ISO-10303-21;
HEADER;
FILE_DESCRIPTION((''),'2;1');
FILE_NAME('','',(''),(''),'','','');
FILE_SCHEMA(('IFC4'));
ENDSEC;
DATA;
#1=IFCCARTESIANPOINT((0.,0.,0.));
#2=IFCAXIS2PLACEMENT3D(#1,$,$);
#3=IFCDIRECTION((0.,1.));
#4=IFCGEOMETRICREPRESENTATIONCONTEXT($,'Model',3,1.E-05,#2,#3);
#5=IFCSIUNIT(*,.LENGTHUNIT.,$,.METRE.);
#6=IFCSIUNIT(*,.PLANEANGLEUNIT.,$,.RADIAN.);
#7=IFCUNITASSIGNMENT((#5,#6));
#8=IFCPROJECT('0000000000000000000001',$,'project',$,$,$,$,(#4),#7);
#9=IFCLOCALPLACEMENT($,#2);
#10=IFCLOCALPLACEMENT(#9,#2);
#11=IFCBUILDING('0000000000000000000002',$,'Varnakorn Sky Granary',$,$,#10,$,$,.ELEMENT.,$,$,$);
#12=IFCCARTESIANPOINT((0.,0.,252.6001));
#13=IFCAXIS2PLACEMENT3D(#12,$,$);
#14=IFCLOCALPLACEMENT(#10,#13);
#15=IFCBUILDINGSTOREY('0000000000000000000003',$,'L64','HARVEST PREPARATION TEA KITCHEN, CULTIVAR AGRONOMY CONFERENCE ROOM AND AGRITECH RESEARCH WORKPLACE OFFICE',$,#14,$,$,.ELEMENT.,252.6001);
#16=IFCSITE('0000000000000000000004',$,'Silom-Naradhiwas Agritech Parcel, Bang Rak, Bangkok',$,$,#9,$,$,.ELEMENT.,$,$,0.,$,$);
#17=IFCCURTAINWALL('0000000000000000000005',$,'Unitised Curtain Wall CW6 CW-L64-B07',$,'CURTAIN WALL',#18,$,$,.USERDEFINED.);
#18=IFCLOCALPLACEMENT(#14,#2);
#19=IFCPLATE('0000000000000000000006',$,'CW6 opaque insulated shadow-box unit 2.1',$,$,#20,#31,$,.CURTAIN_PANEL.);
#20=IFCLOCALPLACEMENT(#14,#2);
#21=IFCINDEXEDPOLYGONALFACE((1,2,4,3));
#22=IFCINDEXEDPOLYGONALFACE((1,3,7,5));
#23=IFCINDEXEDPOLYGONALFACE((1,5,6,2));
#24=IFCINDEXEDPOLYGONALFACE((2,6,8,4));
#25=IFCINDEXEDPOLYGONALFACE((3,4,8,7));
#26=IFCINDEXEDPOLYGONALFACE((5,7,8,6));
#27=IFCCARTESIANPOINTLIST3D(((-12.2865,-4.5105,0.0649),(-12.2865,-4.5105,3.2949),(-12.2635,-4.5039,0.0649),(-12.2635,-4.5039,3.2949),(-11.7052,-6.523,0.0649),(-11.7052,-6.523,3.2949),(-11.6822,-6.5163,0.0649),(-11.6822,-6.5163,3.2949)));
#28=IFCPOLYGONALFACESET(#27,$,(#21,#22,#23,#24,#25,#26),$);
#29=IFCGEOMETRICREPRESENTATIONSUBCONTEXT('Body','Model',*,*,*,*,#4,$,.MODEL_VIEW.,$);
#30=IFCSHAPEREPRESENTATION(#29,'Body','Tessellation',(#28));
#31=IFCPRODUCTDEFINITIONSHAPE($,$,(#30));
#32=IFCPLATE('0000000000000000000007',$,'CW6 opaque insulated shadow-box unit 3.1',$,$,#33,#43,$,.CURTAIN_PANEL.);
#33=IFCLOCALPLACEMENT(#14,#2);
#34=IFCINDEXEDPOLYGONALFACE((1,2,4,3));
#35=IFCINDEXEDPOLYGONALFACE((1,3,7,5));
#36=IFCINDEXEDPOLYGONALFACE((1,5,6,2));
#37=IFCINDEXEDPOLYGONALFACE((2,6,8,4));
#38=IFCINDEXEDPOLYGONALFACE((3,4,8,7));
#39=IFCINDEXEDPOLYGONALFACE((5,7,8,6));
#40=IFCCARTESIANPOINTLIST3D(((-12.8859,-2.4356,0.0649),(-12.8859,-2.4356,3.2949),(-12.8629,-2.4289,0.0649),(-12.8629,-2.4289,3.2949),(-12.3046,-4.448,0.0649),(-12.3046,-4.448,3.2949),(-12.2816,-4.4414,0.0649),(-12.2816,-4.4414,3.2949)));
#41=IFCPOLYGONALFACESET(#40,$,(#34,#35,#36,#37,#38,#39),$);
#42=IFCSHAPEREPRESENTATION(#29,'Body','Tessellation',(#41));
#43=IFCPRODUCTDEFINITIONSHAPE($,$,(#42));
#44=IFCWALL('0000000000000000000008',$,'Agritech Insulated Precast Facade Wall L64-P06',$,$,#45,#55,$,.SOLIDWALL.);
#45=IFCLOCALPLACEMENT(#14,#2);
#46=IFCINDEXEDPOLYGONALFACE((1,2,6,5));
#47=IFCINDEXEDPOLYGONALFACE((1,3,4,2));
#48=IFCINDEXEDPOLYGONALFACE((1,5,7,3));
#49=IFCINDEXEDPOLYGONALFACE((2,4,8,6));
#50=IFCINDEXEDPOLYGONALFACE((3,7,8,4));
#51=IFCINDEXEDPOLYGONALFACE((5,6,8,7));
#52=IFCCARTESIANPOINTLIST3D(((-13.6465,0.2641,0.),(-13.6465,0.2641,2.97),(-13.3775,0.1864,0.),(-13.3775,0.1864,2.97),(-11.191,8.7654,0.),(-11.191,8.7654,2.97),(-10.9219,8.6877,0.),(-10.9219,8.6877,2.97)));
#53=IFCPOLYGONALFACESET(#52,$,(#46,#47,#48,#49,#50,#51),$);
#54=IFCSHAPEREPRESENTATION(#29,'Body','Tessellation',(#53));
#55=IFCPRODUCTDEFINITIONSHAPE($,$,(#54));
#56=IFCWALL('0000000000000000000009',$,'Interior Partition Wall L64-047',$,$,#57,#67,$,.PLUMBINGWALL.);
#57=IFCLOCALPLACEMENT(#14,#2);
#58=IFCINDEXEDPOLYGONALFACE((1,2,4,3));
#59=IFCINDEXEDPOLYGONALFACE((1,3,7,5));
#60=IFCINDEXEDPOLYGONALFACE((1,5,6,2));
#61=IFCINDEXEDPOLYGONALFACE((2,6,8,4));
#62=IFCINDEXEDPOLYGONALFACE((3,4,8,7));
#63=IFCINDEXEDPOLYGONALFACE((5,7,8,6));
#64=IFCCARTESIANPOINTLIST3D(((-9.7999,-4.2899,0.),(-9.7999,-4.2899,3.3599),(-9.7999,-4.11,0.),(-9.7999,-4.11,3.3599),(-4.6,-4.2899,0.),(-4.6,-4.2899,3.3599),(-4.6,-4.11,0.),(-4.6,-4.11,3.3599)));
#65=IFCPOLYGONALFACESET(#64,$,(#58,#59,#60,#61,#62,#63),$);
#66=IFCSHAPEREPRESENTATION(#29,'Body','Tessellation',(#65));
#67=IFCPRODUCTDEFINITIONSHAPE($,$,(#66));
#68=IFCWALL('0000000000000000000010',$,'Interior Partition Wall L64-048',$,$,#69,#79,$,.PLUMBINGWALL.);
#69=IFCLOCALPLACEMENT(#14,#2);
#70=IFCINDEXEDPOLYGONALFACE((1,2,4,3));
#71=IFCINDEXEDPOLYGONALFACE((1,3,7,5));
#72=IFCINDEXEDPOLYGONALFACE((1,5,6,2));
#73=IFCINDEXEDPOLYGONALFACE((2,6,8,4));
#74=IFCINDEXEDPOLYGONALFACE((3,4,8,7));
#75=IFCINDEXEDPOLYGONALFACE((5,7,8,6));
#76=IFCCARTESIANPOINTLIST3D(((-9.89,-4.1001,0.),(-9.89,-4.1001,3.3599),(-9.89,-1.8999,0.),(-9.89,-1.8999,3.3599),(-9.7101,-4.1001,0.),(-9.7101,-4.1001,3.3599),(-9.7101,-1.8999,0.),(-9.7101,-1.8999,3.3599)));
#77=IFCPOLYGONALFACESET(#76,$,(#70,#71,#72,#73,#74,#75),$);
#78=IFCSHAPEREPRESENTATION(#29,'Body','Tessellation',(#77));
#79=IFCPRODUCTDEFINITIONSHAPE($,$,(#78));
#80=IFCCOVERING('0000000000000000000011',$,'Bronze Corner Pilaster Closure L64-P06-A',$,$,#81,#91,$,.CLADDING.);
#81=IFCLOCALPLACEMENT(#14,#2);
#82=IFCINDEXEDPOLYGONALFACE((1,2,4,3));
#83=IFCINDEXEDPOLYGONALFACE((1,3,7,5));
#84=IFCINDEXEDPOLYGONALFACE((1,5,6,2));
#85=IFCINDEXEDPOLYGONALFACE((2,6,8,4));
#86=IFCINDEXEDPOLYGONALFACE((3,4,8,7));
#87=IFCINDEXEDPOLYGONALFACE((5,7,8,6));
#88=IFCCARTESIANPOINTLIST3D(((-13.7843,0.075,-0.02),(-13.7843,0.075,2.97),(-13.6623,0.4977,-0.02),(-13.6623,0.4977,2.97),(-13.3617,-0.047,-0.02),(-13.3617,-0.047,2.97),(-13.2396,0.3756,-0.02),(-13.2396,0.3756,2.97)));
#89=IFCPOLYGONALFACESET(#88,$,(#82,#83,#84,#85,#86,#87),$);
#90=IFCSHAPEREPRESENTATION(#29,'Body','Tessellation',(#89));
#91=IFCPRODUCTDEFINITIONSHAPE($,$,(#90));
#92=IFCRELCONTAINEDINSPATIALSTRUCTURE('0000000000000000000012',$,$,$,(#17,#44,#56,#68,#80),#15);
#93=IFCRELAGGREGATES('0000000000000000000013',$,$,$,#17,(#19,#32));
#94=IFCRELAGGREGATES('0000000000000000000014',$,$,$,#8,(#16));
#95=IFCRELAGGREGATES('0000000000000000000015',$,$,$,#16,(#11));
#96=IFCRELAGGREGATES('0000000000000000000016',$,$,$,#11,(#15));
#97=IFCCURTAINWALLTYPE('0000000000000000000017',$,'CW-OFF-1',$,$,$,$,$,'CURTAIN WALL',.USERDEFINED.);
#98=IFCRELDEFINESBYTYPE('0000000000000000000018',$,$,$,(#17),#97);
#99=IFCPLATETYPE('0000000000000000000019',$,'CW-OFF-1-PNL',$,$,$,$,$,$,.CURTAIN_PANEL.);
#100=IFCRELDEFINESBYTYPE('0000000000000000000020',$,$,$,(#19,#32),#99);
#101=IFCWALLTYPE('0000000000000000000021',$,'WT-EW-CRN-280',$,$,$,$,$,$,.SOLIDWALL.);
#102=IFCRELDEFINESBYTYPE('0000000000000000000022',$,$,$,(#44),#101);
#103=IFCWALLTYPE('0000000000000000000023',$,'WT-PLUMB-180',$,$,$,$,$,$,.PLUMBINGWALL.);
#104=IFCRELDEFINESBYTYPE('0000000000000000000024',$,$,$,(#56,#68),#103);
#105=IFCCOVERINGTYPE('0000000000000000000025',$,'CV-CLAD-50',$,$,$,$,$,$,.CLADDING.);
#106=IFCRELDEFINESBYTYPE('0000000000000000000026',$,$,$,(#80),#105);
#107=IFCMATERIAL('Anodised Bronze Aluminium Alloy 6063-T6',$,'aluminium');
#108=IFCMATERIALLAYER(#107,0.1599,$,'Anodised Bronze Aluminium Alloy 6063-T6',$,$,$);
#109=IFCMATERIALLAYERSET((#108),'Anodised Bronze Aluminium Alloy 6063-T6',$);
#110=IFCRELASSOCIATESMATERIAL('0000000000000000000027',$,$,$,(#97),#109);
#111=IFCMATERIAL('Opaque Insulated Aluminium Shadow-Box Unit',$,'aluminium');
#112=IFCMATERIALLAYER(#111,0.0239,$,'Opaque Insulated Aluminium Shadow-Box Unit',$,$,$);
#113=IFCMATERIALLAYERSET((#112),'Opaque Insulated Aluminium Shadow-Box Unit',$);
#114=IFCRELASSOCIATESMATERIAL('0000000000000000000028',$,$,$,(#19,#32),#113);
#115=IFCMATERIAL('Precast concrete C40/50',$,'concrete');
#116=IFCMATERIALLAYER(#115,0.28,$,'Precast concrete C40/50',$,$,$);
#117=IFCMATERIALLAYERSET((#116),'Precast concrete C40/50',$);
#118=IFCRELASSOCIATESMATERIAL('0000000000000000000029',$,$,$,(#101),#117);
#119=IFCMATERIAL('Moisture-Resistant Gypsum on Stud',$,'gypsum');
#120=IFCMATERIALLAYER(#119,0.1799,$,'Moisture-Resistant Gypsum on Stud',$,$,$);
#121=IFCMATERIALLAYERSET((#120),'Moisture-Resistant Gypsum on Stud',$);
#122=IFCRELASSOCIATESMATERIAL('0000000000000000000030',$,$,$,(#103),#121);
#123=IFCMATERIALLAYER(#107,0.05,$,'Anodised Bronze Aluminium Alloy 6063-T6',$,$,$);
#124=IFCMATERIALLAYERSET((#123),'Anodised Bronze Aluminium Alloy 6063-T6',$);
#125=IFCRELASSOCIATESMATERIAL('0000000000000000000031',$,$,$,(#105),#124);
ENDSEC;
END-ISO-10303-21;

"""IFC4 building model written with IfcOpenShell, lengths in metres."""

from ifc_helpers import new_model, si_unit, direction, frame, frame_2d, origin, origin_2d, place, context, subcontext, project, spatial, rectangle, extrude, source, transform, mapped, material, layer, layer_set, type_object, type_shapes, element, aggregate, save


model = new_model("IFC4")

# Units and contexts
model_context = context("Model", 3, precision=1e-05, world=origin(), true_north=direction((0.0, 1.0)))
body_context = subcontext(model_context, "Body", "Model", "MODEL_VIEW")
ifc_project = project(units=[si_unit("LENGTHUNIT", "METRE"), si_unit("PLANEANGLEUNIT", "RADIAN")], contexts=[model_context])

# Site, building, storey
site_placement = place(None, origin())
site = spatial("IfcSite", under=ifc_project, at=site_placement, Name="Silom-Naradhiwas Agritech Parcel, Bang Rak, Bangkok", CompositionType="ELEMENT", RefElevation=0.0)
building_placement = place(site_placement, origin())
building = spatial("IfcBuilding", under=site, at=building_placement, Name="Varnakorn Sky Granary", CompositionType="ELEMENT")
storey_placement = place(building_placement, frame((0.0, 0.0, 252.6001)))
storey = spatial("IfcBuildingStorey", under=building, at=storey_placement, Name="L64", Description="HARVEST PREPARATION TEA KITCHEN, CULTIVAR AGRONOMY CONFERENCE ROOM AND AGRITECH RESEARCH WORKPLACE OFFICE", CompositionType="ELEMENT", Elevation=252.6001)

# Curtain wall
ifc_material_1 = material(Name="Anodised Bronze Aluminium Alloy 6063-T6", Category="aluminium")
ifc_layer_1 = layer(ifc_material_1, 0.1599, Name="Anodised Bronze Aluminium Alloy 6063-T6")
ifc_layer_set_1 = layer_set([ifc_layer_1], Name="Anodised Bronze Aluminium Alloy 6063-T6")
curtain_wall_type = type_object("IfcCurtainWallType", Name="CW-OFF-1", ElementType="CURTAIN WALL", PredefinedType="USERDEFINED", material=ifc_layer_set_1)
curtain_wall_placement = place(storey_placement, origin())
curtain_wall = element("IfcCurtainWall", 1, at=curtain_wall_placement, inside=storey, type_object=curtain_wall_type, Name="Unitised Curtain Wall CW6 CW-L64-B07", ObjectType="CURTAIN WALL", PredefinedType="USERDEFINED")

# Plates
plate_type = type_object("IfcPlateType", Name="CW-OFF-1-PNL", PredefinedType="CURTAIN_PANEL")
ifc_material_2 = material(Name="Opaque Insulated Aluminium Shadow-Box Unit", Category="aluminium")
ifc_layer_2 = layer(ifc_material_2, 0.0239, Name="Opaque Insulated Aluminium Shadow-Box Unit")
ifc_layer_set_2 = layer_set([ifc_layer_2], Name="Opaque Insulated Aluminium Shadow-Box Unit")
shared_shape_1 = source(origin(), body_context, "Body", "SweptSolid", [
    extrude(rectangle(XDim=2.0947, YDim=0.0239, at=origin_2d()), origin(), (0.0, 0.0, 1.0), 3.23),
])
plate_1_placement = place(storey_placement, frame((-11.9844, -5.5134, 0.0649), z_axis=(0.0, 0.0, 1.0), x_axis=(-0.277501, 0.960725, 0.0)))
plate_1 = element("IfcPlate", 2, at=plate_1_placement, type_object=plate_type, material=ifc_layer_set_2, Name="CW6 opaque insulated shadow-box unit 2.1", PredefinedType="CURTAIN_PANEL", context=body_context, shape_type="MappedRepresentation", body=[
    mapped(shared_shape_1, transform((0.0, 0.0, 0.0), x_axis=(1.0, 0.0, 0.0), y_axis=(0.0, 1.0, 0.0), z_axis=(0.0, 0.0, 1.0), scale=1.0)),
])
plate_2_placement = place(storey_placement, frame((-12.5837, -3.4385, 0.0649), z_axis=(0.0, 0.0, 1.0), x_axis=(-0.277501, 0.960725, 0.0)))
plate_2 = element("IfcPlate", 3, at=plate_2_placement, type_object=plate_type, material=ifc_layer_set_2, Name="CW6 opaque insulated shadow-box unit 3.1", PredefinedType="CURTAIN_PANEL", context=body_context, shape_type="MappedRepresentation", body=[
    mapped(shared_shape_1, transform((0.0, 0.0, 0.0), x_axis=(1.0, 0.0, 0.0), y_axis=(0.0, 1.0, 0.0), z_axis=(0.0, 0.0, 1.0), scale=1.0)),
])
aggregate(curtain_wall, [plate_1, plate_2])

# Walls
ifc_material_3 = material(Name="Precast concrete C40/50", Category="concrete")
ifc_layer_3 = layer(ifc_material_3, 0.28, Name="Precast concrete C40/50")
ifc_layer_set_3 = layer_set([ifc_layer_3], Name="Precast concrete C40/50")
wall_type_1 = type_object("IfcWallType", Name="WT-EW-CRN-280", PredefinedType="SOLIDWALL", material=ifc_layer_set_3)
wall_1_placement = place(storey_placement, frame((-13.512, 0.2253, 0.0), z_axis=(0.0, 0.0, 1.0), x_axis=(0.277497, 0.960727, 0.0)))
element("IfcWall", 4, at=wall_1_placement, inside=storey, type_object=wall_type_1, Name="Agritech Insulated Precast Facade Wall L64-P06", PredefinedType="SOLIDWALL", context=body_context, shape_type="SweptSolid", body=[
    extrude(rectangle(XDim=8.8489, YDim=0.28, at=frame_2d((4.4243, 0.0))), origin(), (0.0, 0.0, 1.0), 2.97),
])
ifc_material_4 = material(Name="Moisture-Resistant Gypsum on Stud", Category="gypsum")
ifc_layer_4 = layer(ifc_material_4, 0.1799, Name="Moisture-Resistant Gypsum on Stud")
ifc_layer_set_4 = layer_set([ifc_layer_4], Name="Moisture-Resistant Gypsum on Stud")
wall_type_2 = type_object("IfcWallType", Name="WT-PLUMB-180", PredefinedType="PLUMBINGWALL", material=ifc_layer_set_4)
wall_2_placement = place(storey_placement, frame((-9.8, -4.2, 0.0), z_axis=(0.0, 0.0, 1.0), x_axis=(1.0, 0.0, 0.0)))
element("IfcWall", 5, at=wall_2_placement, inside=storey, type_object=wall_type_2, Name="Interior Partition Wall L64-047", PredefinedType="PLUMBINGWALL", context=body_context, shape_type="SweptSolid", body=[
    extrude(rectangle(XDim=5.2, YDim=0.1799, at=frame_2d((2.6001, 0.0))), origin(), (0.0, 0.0, 1.0), 3.3599),
])
wall_3_placement = place(storey_placement, frame((-9.8, -1.8999, 0.0), z_axis=(0.0, 0.0, 1.0), x_axis=(0.0, -1.0, 0.0)))
element("IfcWall", 6, at=wall_3_placement, inside=storey, type_object=wall_type_2, Name="Interior Partition Wall L64-048", PredefinedType="PLUMBINGWALL", context=body_context, shape_type="SweptSolid", body=[
    extrude(rectangle(XDim=2.2002, YDim=0.1799, at=frame_2d((1.1001, 0.0))), origin(), (0.0, 0.0, 1.0), 3.3599),
])

# Covering
ifc_layer_5 = layer(ifc_material_1, 0.05, Name="Anodised Bronze Aluminium Alloy 6063-T6")
ifc_layer_set_5 = layer_set([ifc_layer_5], Name="Anodised Bronze Aluminium Alloy 6063-T6")
covering_type = type_object("IfcCoveringType", Name="CV-CLAD-50", PredefinedType="CLADDING", material=ifc_layer_set_5)
shared_shape_2 = source(origin(), body_context, "Body", "SweptSolid", [
    extrude(rectangle(XDim=0.4399, YDim=0.4399, at=origin_2d()), origin(), (0.0, 0.0, 1.0), 2.99),
])
type_shapes(covering_type, [shared_shape_2])
covering_placement = place(storey_placement, frame((-13.512, 0.2253, -0.02), z_axis=(0.0, 0.0, 1.0), x_axis=(0.277482, 0.960731, 0.0)))
element("IfcCovering", 7, at=covering_placement, inside=storey, type_object=covering_type, Name="Bronze Corner Pilaster Closure L64-P06-A", PredefinedType="CLADDING", context=body_context, shape_type="MappedRepresentation", body=[
    mapped(shared_shape_2, transform((0.0, 0.0, 0.0), x_axis=(1.0, 0.0, 0.0), y_axis=(0.0, 1.0, 0.0), z_axis=(0.0, 0.0, 1.0), scale=1.0)),
])

save(model, "model.ifc")
